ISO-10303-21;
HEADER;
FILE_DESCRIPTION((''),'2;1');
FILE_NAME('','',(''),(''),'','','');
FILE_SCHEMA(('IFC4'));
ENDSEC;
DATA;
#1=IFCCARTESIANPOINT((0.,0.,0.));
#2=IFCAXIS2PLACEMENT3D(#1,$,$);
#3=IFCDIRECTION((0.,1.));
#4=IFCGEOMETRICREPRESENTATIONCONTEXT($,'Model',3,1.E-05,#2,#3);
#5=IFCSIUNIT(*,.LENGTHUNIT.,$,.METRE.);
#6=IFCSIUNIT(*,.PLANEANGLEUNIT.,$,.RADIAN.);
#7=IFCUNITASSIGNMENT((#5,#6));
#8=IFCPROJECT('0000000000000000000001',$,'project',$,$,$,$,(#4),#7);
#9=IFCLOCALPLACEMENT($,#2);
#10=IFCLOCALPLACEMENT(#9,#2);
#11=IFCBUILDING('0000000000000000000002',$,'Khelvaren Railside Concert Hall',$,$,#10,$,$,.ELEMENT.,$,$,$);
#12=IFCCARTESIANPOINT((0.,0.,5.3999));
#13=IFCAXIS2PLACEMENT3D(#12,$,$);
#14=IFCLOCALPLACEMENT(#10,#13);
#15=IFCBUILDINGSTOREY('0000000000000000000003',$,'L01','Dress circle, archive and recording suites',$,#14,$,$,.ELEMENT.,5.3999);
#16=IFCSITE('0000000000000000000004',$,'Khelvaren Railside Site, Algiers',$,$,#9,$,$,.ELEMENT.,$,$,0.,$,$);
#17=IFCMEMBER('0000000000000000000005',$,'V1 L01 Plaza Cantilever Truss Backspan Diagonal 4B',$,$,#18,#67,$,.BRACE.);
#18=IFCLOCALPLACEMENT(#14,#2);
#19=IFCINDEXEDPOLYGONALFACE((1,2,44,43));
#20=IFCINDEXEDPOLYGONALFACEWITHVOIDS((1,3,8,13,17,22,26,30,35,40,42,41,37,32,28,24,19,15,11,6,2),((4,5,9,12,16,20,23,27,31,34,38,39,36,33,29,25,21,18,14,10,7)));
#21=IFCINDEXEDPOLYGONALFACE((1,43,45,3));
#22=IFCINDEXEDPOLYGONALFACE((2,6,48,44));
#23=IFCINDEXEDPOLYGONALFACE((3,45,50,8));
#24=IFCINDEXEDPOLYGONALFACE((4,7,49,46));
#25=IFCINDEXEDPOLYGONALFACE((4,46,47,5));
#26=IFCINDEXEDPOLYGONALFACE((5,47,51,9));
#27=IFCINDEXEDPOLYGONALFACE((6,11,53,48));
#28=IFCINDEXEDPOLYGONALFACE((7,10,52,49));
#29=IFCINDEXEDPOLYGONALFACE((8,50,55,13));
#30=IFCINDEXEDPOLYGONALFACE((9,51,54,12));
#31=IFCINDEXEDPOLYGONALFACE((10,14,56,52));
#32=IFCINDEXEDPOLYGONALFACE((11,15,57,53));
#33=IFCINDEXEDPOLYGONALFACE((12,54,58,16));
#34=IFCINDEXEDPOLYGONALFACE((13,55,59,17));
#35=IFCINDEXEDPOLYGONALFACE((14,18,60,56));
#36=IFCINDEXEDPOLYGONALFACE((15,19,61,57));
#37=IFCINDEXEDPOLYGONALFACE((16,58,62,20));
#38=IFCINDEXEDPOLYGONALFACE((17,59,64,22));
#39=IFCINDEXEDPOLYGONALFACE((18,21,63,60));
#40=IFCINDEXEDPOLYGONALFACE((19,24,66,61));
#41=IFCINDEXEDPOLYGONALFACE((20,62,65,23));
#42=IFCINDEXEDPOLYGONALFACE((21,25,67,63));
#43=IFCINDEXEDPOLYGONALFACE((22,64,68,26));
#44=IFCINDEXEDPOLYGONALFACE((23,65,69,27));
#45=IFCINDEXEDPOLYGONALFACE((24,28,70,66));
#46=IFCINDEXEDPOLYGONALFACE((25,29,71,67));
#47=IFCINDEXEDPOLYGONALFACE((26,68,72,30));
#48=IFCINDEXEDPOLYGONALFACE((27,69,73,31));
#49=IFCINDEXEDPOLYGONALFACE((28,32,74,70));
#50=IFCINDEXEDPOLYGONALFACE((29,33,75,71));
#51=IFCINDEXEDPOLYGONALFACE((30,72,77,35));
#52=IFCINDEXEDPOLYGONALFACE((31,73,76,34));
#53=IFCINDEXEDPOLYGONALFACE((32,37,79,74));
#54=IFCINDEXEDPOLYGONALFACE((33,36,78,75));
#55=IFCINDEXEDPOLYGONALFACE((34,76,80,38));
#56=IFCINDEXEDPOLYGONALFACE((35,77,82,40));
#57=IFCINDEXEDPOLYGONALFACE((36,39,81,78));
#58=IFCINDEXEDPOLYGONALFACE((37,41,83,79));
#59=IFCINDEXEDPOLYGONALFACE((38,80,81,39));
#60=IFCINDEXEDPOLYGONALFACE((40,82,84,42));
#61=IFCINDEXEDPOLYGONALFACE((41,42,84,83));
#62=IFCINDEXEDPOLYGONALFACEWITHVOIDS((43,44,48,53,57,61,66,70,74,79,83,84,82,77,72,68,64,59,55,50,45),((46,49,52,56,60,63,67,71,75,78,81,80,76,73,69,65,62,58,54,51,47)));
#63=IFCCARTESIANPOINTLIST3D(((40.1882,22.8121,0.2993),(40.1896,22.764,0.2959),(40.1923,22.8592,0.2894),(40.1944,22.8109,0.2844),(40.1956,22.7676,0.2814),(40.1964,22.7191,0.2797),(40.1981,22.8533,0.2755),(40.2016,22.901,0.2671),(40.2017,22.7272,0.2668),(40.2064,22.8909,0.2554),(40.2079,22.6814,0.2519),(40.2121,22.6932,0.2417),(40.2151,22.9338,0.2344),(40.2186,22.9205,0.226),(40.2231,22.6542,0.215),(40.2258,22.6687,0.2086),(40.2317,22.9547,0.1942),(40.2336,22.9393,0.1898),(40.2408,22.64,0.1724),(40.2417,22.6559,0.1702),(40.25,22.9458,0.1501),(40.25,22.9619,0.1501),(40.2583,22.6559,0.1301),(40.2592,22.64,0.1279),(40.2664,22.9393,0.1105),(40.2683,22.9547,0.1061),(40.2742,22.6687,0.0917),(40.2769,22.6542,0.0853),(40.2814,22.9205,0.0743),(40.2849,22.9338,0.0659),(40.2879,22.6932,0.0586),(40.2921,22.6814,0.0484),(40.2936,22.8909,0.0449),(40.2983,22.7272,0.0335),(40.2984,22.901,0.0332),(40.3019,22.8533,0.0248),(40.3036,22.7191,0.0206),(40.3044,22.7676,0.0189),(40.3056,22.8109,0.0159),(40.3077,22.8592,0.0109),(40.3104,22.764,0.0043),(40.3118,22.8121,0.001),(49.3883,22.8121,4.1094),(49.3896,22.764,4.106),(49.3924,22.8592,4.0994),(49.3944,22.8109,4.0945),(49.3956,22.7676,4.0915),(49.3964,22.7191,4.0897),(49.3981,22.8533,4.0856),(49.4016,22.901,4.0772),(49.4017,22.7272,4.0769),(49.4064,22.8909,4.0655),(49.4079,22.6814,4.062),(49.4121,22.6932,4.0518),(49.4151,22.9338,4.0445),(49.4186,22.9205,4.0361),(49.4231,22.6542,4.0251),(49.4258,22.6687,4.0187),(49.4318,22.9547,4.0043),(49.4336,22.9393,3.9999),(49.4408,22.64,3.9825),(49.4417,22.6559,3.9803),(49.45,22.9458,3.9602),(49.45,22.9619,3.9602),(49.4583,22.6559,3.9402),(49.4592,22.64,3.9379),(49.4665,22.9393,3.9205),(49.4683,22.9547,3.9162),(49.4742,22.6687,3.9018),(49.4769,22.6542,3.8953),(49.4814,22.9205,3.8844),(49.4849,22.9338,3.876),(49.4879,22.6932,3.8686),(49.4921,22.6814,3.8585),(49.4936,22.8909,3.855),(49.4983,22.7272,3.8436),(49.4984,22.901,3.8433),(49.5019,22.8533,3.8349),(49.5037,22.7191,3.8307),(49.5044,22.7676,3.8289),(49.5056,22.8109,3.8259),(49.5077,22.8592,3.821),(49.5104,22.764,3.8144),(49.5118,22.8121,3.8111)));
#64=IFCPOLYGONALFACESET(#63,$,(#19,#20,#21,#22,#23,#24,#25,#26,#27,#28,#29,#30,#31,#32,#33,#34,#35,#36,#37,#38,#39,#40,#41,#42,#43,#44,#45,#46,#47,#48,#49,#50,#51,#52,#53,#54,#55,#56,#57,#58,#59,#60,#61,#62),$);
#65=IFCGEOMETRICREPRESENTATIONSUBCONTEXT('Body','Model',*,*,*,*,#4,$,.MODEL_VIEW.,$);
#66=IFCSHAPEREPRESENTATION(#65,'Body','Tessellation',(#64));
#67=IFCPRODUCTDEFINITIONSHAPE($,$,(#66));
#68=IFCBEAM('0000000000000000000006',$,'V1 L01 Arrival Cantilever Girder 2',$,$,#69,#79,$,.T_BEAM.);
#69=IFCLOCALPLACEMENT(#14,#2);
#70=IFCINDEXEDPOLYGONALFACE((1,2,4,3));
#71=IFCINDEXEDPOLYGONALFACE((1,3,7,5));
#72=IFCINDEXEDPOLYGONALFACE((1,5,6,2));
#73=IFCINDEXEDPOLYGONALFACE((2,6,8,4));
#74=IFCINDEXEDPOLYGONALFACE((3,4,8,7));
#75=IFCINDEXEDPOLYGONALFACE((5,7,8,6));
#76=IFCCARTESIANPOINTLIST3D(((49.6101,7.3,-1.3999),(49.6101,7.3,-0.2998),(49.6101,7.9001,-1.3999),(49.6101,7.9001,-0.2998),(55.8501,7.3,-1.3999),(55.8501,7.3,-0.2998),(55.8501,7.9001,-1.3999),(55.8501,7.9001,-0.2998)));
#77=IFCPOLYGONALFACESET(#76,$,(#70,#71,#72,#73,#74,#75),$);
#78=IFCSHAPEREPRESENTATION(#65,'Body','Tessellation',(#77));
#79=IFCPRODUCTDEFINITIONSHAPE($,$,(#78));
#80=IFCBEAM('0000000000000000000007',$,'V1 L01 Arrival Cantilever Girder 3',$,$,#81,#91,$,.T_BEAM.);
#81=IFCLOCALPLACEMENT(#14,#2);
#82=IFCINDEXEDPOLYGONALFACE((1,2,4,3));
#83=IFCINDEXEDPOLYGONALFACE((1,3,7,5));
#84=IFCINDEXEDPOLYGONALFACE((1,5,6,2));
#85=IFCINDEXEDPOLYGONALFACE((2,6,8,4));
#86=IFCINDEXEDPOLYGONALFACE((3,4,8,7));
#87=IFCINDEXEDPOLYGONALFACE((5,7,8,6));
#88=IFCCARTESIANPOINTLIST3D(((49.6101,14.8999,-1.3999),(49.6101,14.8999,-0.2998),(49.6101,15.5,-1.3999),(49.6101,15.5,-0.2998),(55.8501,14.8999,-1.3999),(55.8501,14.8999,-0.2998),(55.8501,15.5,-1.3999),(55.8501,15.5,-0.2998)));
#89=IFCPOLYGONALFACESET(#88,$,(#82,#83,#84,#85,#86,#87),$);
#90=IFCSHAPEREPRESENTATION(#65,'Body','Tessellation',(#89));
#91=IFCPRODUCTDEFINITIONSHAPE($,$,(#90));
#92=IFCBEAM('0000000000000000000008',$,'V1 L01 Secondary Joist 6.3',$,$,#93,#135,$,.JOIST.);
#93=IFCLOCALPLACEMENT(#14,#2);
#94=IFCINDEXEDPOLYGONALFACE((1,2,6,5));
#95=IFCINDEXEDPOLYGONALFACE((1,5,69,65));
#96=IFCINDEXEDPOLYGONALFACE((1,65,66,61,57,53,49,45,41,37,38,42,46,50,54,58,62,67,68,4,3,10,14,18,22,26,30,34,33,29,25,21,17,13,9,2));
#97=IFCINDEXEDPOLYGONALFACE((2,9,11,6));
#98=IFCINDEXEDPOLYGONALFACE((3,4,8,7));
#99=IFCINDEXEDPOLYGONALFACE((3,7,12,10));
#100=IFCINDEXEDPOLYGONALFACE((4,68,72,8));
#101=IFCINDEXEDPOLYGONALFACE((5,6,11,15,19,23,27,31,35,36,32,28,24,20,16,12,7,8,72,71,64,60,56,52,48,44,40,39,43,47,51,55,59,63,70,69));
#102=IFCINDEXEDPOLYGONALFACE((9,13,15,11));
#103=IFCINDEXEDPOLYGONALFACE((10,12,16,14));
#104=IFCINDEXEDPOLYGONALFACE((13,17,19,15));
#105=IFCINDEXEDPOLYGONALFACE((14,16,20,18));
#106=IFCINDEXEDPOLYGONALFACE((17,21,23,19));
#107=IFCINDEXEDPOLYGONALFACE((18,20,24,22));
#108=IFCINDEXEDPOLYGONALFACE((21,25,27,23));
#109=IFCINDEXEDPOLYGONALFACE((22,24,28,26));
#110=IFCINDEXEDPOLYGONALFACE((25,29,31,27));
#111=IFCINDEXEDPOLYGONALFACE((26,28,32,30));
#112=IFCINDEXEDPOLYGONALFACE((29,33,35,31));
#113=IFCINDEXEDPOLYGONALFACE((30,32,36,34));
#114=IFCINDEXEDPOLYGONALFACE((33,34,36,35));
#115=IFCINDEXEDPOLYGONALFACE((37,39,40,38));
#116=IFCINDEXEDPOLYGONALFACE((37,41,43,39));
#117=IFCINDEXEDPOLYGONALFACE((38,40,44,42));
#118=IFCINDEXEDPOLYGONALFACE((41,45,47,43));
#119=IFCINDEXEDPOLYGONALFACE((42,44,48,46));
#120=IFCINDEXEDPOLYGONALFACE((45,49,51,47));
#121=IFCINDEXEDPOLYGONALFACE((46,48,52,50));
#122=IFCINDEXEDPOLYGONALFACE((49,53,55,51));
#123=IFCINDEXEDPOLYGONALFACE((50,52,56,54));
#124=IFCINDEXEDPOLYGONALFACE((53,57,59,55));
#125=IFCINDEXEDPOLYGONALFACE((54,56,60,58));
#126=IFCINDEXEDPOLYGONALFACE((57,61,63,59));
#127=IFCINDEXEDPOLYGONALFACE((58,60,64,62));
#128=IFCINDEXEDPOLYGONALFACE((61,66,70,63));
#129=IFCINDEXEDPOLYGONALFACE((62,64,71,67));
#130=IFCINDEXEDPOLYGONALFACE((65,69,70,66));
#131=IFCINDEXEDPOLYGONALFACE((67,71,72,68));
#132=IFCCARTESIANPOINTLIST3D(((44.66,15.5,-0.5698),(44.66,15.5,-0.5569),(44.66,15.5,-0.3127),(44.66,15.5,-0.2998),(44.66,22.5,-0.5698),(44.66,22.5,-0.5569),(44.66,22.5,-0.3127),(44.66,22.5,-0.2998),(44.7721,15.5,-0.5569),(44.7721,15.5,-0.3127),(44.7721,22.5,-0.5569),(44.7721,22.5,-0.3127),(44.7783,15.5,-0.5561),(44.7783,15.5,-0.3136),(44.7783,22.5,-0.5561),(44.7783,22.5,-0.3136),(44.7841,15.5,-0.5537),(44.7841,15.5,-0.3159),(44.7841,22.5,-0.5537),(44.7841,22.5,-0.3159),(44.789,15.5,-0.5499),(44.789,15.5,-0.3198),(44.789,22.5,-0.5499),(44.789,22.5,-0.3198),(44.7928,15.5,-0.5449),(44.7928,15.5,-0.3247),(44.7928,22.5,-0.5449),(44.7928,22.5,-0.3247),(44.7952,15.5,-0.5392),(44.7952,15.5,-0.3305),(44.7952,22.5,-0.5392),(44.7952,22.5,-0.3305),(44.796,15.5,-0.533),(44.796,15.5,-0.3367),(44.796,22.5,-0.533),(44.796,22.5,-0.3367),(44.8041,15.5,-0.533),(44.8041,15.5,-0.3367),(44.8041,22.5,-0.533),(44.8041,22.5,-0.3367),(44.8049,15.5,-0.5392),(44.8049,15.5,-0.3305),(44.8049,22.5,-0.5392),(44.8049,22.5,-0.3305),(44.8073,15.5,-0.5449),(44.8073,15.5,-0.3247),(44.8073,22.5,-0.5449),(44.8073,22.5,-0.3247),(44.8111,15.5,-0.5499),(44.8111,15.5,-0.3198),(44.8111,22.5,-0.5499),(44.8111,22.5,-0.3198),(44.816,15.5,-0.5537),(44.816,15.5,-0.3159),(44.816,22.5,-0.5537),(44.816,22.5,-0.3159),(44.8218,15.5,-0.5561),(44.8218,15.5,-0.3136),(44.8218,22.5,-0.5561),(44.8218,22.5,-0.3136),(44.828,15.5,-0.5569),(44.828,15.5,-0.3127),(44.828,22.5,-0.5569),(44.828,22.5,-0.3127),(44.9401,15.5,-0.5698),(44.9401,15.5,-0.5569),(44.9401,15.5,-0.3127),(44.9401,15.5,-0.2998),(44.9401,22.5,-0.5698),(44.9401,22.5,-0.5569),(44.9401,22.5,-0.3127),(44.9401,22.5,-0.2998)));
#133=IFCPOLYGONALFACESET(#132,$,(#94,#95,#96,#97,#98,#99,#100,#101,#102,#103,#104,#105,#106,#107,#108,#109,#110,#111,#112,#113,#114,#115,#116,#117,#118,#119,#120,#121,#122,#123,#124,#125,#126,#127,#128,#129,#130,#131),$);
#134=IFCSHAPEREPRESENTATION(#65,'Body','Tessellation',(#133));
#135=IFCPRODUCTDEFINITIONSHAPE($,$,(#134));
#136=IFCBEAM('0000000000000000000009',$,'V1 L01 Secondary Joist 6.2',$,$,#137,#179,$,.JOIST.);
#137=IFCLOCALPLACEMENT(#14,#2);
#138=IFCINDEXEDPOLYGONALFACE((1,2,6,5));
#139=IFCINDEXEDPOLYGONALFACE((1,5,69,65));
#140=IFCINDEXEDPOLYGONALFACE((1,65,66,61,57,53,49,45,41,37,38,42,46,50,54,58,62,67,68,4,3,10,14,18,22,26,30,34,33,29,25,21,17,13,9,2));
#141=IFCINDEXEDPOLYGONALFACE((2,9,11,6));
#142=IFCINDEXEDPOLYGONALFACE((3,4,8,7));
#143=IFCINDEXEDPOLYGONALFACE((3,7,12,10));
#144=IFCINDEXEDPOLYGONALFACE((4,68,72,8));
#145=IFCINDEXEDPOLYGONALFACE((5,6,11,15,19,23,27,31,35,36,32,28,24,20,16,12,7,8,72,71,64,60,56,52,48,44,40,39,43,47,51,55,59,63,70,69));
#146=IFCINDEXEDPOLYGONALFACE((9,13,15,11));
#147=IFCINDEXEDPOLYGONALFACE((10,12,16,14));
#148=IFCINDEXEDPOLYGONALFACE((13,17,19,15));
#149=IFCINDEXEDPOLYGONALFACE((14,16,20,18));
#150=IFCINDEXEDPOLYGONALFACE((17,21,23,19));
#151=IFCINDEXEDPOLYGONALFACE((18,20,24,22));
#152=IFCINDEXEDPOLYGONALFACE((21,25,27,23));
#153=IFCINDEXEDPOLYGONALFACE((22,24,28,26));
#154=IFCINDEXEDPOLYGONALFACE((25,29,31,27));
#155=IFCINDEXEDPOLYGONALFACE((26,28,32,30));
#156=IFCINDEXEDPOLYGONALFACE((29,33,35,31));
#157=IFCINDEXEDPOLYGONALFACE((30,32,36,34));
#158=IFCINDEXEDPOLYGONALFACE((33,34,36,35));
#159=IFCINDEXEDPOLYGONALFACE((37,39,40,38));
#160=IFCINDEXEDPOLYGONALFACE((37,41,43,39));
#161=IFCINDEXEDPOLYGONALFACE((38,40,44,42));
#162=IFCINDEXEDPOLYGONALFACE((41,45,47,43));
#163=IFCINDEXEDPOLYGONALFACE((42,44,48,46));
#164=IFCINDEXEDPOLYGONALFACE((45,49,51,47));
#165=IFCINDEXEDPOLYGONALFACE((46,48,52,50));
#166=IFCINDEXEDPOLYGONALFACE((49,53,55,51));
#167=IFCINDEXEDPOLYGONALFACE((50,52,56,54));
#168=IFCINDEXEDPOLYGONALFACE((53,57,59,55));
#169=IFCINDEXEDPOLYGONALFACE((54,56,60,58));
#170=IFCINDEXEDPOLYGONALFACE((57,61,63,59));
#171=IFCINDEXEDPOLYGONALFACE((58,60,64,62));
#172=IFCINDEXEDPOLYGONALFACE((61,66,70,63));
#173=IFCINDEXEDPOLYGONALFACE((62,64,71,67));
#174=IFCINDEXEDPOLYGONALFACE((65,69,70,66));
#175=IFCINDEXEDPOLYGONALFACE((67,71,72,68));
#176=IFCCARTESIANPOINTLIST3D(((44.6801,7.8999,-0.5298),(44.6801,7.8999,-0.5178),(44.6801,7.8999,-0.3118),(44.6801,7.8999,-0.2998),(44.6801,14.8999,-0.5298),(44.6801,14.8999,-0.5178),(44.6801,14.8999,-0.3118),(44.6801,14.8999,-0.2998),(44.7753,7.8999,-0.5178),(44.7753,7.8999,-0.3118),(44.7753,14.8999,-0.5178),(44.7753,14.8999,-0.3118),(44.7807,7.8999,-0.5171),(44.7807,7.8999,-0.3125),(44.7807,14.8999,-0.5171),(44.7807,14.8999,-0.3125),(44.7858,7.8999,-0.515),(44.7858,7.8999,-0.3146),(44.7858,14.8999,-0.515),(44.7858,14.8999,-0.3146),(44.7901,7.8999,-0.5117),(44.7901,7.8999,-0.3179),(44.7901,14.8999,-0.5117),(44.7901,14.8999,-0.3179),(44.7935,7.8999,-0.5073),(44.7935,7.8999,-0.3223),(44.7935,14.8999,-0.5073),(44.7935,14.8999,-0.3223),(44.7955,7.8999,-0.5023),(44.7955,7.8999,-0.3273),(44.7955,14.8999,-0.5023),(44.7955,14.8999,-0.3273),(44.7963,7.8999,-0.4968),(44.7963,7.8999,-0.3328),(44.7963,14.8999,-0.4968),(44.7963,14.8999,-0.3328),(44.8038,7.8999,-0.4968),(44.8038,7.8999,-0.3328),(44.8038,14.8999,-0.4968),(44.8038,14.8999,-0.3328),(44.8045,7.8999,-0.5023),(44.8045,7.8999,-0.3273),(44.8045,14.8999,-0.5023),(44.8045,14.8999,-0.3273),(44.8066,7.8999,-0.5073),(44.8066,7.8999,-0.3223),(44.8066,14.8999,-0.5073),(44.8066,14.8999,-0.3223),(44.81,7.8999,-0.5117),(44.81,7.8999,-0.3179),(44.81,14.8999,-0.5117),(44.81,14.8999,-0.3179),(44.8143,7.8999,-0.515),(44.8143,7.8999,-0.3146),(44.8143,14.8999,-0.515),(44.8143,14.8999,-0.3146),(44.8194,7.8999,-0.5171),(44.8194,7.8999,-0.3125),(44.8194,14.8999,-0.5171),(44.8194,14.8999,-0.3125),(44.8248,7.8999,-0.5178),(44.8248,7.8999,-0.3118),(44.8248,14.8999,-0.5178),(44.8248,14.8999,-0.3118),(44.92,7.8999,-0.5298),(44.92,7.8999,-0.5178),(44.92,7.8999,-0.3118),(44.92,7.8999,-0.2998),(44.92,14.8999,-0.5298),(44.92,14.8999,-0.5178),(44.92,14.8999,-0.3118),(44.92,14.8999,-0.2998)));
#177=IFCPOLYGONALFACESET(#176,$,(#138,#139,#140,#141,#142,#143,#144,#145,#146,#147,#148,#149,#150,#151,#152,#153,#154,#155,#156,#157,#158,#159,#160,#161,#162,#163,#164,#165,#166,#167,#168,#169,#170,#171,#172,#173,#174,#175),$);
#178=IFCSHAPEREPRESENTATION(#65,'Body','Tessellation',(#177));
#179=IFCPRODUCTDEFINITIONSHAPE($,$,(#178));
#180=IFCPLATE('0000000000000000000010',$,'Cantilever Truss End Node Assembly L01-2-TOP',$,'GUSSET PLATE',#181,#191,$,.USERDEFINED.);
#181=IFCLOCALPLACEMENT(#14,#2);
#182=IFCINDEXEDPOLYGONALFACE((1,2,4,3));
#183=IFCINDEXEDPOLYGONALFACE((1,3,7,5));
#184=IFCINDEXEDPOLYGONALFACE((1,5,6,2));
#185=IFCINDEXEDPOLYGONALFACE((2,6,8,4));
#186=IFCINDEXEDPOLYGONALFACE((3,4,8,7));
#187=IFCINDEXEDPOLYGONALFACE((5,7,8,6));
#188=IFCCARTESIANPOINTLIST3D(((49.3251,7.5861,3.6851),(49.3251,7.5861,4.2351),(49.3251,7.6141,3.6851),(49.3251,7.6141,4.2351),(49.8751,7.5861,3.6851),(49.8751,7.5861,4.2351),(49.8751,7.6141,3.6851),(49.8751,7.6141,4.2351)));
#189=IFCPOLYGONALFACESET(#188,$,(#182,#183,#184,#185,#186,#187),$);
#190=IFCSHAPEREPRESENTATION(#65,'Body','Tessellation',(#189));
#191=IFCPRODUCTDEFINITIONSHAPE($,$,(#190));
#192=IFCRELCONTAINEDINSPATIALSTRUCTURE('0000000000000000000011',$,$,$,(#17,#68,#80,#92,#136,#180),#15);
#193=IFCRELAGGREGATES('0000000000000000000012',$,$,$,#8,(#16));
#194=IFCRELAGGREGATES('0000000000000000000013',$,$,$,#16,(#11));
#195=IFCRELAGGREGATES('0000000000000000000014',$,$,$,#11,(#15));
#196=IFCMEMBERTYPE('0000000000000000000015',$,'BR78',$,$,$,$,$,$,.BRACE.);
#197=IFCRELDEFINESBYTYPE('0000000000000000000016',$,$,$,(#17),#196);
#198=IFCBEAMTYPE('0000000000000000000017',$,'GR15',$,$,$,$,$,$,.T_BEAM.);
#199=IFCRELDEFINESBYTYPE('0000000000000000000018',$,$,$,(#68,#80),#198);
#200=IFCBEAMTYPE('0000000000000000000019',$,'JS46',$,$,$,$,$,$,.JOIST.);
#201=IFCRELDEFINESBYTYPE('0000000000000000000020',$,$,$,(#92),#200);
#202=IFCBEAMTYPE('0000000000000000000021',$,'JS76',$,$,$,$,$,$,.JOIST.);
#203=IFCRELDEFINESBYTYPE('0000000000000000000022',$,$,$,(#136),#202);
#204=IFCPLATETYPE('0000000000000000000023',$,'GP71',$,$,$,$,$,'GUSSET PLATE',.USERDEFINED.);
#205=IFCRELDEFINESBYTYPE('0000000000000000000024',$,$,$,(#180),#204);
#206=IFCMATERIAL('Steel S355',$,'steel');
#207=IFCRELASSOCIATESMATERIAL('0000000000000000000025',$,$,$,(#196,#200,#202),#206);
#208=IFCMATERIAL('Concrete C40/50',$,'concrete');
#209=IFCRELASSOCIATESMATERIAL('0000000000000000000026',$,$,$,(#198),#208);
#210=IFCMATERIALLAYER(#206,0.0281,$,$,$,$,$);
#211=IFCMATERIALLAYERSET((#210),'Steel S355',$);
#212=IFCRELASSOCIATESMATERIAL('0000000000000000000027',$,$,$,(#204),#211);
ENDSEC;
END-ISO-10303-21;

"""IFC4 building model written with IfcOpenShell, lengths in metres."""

from ifc_helpers import new_model, si_unit, direction, frame, origin, origin_2d, place, context, subcontext, project, spatial, rectangle, hollow_circle, i_section, extrude, material, layer, layer_set, material_profile, profile_set, type_object, element, save


model = new_model("IFC4")

# Units and contexts
model_context = context("Model", 3, precision=1e-05, world=origin(), true_north=direction((0.0, 1.0)))
body_context = subcontext(model_context, "Body", "Model", "MODEL_VIEW")
ifc_project = project(units=[si_unit("LENGTHUNIT", "METRE"), si_unit("PLANEANGLEUNIT", "RADIAN")], contexts=[model_context])

# Site, building, storey
site_placement = place(None, origin())
site = spatial("IfcSite", under=ifc_project, at=site_placement, Name="Khelvaren Railside Site, Algiers", CompositionType="ELEMENT", RefElevation=0.0)
building_placement = place(site_placement, origin())
building = spatial("IfcBuilding", under=site, at=building_placement, Name="Khelvaren Railside Concert Hall", CompositionType="ELEMENT")
storey_placement = place(building_placement, frame((0.0, 0.0, 5.3999)))
storey = spatial("IfcBuildingStorey", under=building, at=storey_placement, Name="L01", Description="Dress circle, archive and recording suites", CompositionType="ELEMENT", Elevation=5.3999)

# Shared definitions
ifc_material_1 = material(Name="Steel S355", Category="steel")

# Member
ifc_material_profile_1 = material_profile(ifc_material_1, hollow_circle(Radius=0.1619, WallThickness=0.0161, at=origin_2d()), Name="CHS 323.9x16")
ifc_profile_set_1 = profile_set([ifc_material_profile_1], Name="Steel S355")
member_type = type_object("IfcMemberType", Name="BR78", PredefinedType="BRACE", material=ifc_profile_set_1)
for number, where, z_axis, x_axis, name in (
    (1, (40.25, 22.8, 0.1501), (0.923904, 0.0, 0.382625), (0.0, 1.0, 0.0), "V1 L01 Plaza Cantilever Truss Backspan Diagonal 4B"),
):
    element("IfcMember", number, at=place(storey_placement, frame(where, z_axis=z_axis, x_axis=x_axis)), inside=storey, type_object=member_type, Name=name, PredefinedType="BRACE", context=body_context, shape_type="SweptSolid", body=[
        extrude(hollow_circle(Radius=0.1619, WallThickness=0.0161, at=origin_2d()), origin(), (0.0, 0.0, 1.0), 9.9578),
    ])

# Beams
ifc_material_2 = material(Name="Concrete C40/50", Category="concrete")
ifc_material_profile_2 = material_profile(ifc_material_2, rectangle(XDim=0.6001, YDim=1.1001, at=origin_2d()), Name="RCB 600x1100")
ifc_profile_set_2 = profile_set([ifc_material_profile_2], Name="Concrete C40/50")
beam_type_1 = type_object("IfcBeamType", Name="GR15", PredefinedType="T_BEAM", material=ifc_profile_set_2)
for number, where, z_axis, x_axis, name in (
    (2, (49.6101, 7.6001, -0.8499), (1.0, 0.0, 0.0), (0.0, 1.0, 0.0), "V1 L01 Arrival Cantilever Girder 2"),
    (3, (49.6101, 15.2, -0.8499), (1.0, 0.0, 0.0), (0.0, 1.0, 0.0), "V1 L01 Arrival Cantilever Girder 3"),
):
    element("IfcBeam", number, at=place(storey_placement, frame(where, z_axis=z_axis, x_axis=x_axis)), inside=storey, type_object=beam_type_1, Name=name, PredefinedType="T_BEAM", context=body_context, shape_type="SweptSolid", body=[
        extrude(rectangle(XDim=0.6001, YDim=1.1001, at=origin_2d()), origin(), (0.0, 0.0, 1.0), 6.24),
    ])
ifc_material_profile_3 = material_profile(ifc_material_1, i_section(OverallWidth=0.28, OverallDepth=0.27, WebThickness=0.0081, FlangeThickness=0.0129, FilletRadius=0.0239, at=origin_2d()), Name="HEA 280")
ifc_profile_set_3 = profile_set([ifc_material_profile_3], Name="Steel S355")
beam_type_2 = type_object("IfcBeamType", Name="JS46", PredefinedType="JOIST", material=ifc_profile_set_3)
beam_1_placement = place(storey_placement, frame((44.8, 15.5, -0.4348), z_axis=(0.0, 1.0, 0.0), x_axis=(-1.0, 0.0, 0.0)))
element("IfcBeam", 4, at=beam_1_placement, inside=storey, type_object=beam_type_2, Name="V1 L01 Secondary Joist 6.3", PredefinedType="JOIST", context=body_context, shape_type="SweptSolid", body=[
    extrude(i_section(OverallWidth=0.28, OverallDepth=0.27, WebThickness=0.0081, FlangeThickness=0.0129, FilletRadius=0.0239, at=origin_2d()), origin(), (0.0, 0.0, 1.0), 7.0),
])
ifc_material_profile_4 = material_profile(ifc_material_1, i_section(OverallWidth=0.24, OverallDepth=0.23, WebThickness=0.0076, FlangeThickness=0.012, FilletRadius=0.021, at=origin_2d()), Name="HEA 240")
ifc_profile_set_4 = profile_set([ifc_material_profile_4], Name="Steel S355")
beam_type_3 = type_object("IfcBeamType", Name="JS76", PredefinedType="JOIST", material=ifc_profile_set_4)
beam_2_placement = place(storey_placement, frame((44.8, 7.8999, -0.4148), z_axis=(0.0, 1.0, 0.0), x_axis=(-1.0, 0.0, 0.0)))
element("IfcBeam", 5, at=beam_2_placement, inside=storey, type_object=beam_type_3, Name="V1 L01 Secondary Joist 6.2", PredefinedType="JOIST", context=body_context, shape_type="SweptSolid", body=[
    extrude(i_section(OverallWidth=0.24, OverallDepth=0.23, WebThickness=0.0076, FlangeThickness=0.012, FilletRadius=0.021, at=origin_2d()), origin(), (0.0, 0.0, 1.0), 7.0),
])

# Plate
ifc_layer = layer(ifc_material_1, 0.0281)
ifc_layer_set = layer_set([ifc_layer], Name="Steel S355")
plate_type = type_object("IfcPlateType", Name="GP71", ElementType="GUSSET PLATE", PredefinedType="USERDEFINED", material=ifc_layer_set)
for number, where, z_axis, x_axis, name in (
    (6, (49.6001, 7.6001, 3.6851), (0.0, 0.0, 1.0), (1.0, 0.0, 0.0), "Cantilever Truss End Node Assembly L01-2-TOP"),
):
    element("IfcPlate", number, at=place(storey_placement, frame(where, z_axis=z_axis, x_axis=x_axis)), inside=storey, type_object=plate_type, Name=name, ObjectType="GUSSET PLATE", PredefinedType="USERDEFINED", context=body_context, shape_type="SweptSolid", body=[
        extrude(rectangle(XDim=0.55, YDim=0.0281, at=origin_2d()), origin(), (0.0, 0.0, 1.0), 0.55),
    ])

save(model, "model.ifc")
